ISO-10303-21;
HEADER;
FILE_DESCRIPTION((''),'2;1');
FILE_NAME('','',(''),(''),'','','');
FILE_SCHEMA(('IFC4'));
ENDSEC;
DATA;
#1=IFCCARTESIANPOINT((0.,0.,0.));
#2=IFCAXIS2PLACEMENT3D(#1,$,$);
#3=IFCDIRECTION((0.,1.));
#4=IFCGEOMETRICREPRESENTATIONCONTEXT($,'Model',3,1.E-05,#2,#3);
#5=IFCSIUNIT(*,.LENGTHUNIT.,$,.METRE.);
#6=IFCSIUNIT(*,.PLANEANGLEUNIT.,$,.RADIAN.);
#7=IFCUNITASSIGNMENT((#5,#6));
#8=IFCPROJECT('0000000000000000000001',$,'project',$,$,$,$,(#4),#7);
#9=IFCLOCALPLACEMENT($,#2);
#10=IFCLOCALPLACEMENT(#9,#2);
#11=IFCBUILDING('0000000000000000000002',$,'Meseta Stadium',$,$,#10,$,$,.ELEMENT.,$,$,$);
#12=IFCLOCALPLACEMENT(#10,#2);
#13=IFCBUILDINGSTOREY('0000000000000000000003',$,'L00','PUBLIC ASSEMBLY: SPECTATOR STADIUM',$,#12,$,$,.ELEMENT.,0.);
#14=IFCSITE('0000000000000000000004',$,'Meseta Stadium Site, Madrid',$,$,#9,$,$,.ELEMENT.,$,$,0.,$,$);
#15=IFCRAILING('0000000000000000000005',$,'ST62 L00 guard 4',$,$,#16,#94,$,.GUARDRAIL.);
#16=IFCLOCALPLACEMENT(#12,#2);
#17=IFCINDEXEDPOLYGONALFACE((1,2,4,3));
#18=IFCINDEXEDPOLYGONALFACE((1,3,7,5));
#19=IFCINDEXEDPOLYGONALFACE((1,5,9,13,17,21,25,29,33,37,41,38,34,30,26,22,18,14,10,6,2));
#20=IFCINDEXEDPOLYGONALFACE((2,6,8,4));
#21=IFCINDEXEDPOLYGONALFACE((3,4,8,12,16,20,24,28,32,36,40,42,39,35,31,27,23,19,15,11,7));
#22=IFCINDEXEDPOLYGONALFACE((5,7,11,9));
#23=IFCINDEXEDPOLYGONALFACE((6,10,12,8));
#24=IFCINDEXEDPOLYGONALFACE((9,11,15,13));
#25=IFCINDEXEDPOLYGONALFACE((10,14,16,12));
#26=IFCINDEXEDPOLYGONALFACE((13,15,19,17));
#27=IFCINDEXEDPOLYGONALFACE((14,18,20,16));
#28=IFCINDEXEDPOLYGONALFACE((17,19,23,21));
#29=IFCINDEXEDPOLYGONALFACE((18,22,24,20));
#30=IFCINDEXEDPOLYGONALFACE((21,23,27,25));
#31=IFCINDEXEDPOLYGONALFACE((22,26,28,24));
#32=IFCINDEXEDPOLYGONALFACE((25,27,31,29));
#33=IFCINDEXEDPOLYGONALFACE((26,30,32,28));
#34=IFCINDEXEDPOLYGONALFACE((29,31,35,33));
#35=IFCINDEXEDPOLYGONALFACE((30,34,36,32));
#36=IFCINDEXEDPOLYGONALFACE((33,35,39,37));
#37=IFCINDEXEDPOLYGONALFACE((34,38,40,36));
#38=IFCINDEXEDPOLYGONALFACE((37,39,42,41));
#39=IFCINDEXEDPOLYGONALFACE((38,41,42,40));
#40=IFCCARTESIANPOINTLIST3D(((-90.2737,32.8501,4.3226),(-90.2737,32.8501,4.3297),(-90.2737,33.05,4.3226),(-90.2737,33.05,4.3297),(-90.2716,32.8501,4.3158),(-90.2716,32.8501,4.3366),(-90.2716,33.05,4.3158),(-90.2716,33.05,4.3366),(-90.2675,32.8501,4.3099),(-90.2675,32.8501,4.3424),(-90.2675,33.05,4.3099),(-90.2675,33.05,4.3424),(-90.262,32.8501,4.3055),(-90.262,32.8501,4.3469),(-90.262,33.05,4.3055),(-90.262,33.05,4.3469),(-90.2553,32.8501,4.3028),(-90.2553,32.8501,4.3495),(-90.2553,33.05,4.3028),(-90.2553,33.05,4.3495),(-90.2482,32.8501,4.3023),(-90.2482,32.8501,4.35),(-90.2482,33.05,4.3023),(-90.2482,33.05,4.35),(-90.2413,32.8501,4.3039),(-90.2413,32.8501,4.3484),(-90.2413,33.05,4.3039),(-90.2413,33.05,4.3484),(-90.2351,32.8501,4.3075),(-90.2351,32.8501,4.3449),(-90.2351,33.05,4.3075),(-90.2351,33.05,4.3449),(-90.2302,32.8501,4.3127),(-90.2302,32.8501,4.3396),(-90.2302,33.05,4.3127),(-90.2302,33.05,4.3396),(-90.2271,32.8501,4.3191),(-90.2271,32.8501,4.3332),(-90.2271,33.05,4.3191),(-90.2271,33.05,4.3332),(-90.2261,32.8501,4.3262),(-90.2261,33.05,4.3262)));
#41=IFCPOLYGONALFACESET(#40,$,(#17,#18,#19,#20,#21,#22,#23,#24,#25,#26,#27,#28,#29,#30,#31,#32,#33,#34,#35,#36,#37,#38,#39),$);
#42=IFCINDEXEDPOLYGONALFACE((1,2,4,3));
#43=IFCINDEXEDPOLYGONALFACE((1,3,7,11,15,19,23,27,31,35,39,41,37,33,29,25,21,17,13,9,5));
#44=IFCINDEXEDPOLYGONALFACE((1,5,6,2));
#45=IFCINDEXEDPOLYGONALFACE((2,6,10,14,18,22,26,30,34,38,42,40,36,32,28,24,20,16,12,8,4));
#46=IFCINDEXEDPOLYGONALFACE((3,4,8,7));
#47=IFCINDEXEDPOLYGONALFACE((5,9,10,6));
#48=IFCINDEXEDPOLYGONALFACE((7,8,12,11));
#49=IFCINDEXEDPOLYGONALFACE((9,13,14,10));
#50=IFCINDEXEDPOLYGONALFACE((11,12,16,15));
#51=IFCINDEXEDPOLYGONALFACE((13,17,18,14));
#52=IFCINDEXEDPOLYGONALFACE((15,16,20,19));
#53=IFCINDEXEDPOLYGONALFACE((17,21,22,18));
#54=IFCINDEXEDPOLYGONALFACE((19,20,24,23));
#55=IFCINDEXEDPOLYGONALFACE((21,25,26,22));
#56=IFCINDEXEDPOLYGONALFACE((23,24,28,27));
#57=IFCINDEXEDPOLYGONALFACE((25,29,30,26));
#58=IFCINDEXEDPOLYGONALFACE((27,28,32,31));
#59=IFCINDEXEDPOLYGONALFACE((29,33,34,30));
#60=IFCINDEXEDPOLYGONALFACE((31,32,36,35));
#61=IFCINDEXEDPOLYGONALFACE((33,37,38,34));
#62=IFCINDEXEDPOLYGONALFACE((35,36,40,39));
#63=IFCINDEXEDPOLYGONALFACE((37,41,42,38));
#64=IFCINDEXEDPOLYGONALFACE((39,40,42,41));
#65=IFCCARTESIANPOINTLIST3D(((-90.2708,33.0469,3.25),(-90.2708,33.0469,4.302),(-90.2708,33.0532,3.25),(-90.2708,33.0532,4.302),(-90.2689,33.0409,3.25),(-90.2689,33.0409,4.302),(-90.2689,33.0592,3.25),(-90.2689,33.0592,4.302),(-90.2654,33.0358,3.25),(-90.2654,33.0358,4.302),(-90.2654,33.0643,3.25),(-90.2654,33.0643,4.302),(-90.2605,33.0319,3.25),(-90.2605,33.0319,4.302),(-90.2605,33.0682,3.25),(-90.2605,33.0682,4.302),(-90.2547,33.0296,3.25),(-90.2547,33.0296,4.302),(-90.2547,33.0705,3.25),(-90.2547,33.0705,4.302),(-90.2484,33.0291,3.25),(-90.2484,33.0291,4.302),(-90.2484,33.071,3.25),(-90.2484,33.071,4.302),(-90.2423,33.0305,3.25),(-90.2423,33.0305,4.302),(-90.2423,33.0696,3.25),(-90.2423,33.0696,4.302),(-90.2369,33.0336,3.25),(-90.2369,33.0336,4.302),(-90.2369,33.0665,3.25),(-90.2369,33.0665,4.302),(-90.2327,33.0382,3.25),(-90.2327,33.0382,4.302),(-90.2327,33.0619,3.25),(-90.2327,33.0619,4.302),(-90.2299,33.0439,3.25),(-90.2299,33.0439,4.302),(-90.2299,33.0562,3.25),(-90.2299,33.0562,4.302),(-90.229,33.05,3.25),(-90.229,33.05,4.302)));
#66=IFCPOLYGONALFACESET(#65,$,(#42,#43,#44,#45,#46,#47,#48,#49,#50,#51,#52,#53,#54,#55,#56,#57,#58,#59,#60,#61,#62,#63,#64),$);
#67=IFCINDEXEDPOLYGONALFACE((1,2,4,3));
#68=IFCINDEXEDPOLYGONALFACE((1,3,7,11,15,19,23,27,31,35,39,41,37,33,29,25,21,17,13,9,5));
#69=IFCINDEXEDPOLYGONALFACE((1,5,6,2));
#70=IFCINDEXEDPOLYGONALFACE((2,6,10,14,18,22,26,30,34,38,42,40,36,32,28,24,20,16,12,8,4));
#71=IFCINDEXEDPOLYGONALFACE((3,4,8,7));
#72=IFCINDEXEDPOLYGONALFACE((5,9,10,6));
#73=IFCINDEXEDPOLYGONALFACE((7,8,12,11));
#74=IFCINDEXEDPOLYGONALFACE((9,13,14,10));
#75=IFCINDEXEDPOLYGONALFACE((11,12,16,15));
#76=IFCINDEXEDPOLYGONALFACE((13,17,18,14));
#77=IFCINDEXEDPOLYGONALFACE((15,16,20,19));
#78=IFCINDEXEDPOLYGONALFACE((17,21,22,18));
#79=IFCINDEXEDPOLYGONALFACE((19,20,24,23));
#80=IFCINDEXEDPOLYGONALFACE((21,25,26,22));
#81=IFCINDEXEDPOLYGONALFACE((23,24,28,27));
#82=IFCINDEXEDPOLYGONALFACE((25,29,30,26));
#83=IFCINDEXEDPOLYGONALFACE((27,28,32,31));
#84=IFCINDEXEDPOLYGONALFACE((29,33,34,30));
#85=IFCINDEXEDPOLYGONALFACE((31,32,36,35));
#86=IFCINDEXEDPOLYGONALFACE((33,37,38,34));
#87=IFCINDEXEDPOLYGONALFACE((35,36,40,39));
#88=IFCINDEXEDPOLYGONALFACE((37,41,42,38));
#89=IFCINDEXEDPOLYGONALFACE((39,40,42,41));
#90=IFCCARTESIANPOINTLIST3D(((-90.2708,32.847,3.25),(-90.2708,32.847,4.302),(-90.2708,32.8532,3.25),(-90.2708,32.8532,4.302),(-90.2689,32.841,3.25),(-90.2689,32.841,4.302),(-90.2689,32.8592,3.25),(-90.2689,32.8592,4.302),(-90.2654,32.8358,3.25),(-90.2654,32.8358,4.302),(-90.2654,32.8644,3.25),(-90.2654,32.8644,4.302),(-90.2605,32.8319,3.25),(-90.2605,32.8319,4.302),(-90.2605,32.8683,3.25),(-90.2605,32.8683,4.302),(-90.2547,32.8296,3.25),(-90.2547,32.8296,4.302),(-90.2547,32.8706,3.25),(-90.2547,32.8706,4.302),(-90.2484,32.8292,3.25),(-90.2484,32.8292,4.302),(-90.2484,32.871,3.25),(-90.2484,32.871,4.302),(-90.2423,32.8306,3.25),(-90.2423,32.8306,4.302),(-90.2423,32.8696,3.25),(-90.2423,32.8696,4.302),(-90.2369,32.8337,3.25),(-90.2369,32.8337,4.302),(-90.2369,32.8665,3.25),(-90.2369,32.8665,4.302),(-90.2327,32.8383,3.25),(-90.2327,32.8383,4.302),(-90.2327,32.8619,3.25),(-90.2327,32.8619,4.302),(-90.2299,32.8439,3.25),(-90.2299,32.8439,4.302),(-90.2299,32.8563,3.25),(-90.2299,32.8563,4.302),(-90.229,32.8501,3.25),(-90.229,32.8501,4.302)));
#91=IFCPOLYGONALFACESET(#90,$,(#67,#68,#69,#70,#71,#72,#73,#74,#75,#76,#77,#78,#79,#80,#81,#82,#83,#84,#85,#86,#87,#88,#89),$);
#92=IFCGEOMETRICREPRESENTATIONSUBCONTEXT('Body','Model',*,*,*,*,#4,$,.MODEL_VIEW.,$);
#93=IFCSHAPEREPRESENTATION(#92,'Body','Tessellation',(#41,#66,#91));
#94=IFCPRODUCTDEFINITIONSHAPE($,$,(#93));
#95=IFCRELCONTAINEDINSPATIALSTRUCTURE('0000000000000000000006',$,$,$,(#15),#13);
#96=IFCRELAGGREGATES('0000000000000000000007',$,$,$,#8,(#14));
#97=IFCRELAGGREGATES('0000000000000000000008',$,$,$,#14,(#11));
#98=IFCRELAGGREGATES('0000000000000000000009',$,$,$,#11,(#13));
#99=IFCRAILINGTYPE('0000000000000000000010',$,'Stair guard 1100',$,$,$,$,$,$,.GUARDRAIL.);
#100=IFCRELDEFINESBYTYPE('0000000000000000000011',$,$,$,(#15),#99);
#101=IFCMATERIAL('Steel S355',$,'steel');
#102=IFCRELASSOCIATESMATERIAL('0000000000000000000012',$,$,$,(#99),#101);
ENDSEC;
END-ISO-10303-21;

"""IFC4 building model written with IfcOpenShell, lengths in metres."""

from ifc_helpers import new_model, si_unit, direction, frame, origin, origin_2d, place, context, subcontext, project, spatial, circle, extrude, material, type_object, element, save


model = new_model("IFC4")

# Units and contexts
model_context = context("Model", 3, precision=1e-05, world=origin(), true_north=direction((0.0, 1.0)))
body_context = subcontext(model_context, "Body", "Model", "MODEL_VIEW")
ifc_project = project(units=[si_unit("LENGTHUNIT", "METRE"), si_unit("PLANEANGLEUNIT", "RADIAN")], contexts=[model_context])

# Site, building, storey
site_placement = place(None, origin())
site = spatial("IfcSite", under=ifc_project, at=site_placement, Name="Meseta Stadium Site, Madrid", CompositionType="ELEMENT", RefElevation=0.0)
building_placement = place(site_placement, origin())
building = spatial("IfcBuilding", under=site, at=building_placement, Name="Meseta Stadium", CompositionType="ELEMENT")
storey_placement = place(building_placement, origin())
storey = spatial("IfcBuildingStorey", under=building, at=storey_placement, Name="L00", Description="PUBLIC ASSEMBLY: SPECTATOR STADIUM", CompositionType="ELEMENT", Elevation=0.0)

# Railing
ifc_material_1 = material(Name="Steel S355", Category="steel")
railing_type_1 = type_object("IfcRailingType", Name="Stair guard 1100", PredefinedType="GUARDRAIL", material=ifc_material_1)
railing_1_placement = place(storey_placement, frame((-90.25, 33.05, 3.25)))
element("IfcRailing", 1, at=railing_1_placement, inside=storey, type_object=railing_type_1, Name="ST62 L00 guard 4", PredefinedType="GUARDRAIL", context=body_context, shape_type="SweptSolid", body=[
    extrude(circle(Radius=0.0239, at=origin_2d()), frame((0.0, 0.0, 1.0762), z_axis=(0.0, -1.0, 0.0), x_axis=(1.0, 0.0, 0.0)), (0.0, 0.0, 1.0), 0.2),
    extrude(circle(Radius=0.021, at=origin_2d()), origin(), (0.0, 0.0, 1.0), 1.052),
    extrude(circle(Radius=0.021, at=origin_2d()), frame((0.0, -0.2, 0.0)), (0.0, 0.0, 1.0), 1.052),
])

save(model, "model.ifc")
